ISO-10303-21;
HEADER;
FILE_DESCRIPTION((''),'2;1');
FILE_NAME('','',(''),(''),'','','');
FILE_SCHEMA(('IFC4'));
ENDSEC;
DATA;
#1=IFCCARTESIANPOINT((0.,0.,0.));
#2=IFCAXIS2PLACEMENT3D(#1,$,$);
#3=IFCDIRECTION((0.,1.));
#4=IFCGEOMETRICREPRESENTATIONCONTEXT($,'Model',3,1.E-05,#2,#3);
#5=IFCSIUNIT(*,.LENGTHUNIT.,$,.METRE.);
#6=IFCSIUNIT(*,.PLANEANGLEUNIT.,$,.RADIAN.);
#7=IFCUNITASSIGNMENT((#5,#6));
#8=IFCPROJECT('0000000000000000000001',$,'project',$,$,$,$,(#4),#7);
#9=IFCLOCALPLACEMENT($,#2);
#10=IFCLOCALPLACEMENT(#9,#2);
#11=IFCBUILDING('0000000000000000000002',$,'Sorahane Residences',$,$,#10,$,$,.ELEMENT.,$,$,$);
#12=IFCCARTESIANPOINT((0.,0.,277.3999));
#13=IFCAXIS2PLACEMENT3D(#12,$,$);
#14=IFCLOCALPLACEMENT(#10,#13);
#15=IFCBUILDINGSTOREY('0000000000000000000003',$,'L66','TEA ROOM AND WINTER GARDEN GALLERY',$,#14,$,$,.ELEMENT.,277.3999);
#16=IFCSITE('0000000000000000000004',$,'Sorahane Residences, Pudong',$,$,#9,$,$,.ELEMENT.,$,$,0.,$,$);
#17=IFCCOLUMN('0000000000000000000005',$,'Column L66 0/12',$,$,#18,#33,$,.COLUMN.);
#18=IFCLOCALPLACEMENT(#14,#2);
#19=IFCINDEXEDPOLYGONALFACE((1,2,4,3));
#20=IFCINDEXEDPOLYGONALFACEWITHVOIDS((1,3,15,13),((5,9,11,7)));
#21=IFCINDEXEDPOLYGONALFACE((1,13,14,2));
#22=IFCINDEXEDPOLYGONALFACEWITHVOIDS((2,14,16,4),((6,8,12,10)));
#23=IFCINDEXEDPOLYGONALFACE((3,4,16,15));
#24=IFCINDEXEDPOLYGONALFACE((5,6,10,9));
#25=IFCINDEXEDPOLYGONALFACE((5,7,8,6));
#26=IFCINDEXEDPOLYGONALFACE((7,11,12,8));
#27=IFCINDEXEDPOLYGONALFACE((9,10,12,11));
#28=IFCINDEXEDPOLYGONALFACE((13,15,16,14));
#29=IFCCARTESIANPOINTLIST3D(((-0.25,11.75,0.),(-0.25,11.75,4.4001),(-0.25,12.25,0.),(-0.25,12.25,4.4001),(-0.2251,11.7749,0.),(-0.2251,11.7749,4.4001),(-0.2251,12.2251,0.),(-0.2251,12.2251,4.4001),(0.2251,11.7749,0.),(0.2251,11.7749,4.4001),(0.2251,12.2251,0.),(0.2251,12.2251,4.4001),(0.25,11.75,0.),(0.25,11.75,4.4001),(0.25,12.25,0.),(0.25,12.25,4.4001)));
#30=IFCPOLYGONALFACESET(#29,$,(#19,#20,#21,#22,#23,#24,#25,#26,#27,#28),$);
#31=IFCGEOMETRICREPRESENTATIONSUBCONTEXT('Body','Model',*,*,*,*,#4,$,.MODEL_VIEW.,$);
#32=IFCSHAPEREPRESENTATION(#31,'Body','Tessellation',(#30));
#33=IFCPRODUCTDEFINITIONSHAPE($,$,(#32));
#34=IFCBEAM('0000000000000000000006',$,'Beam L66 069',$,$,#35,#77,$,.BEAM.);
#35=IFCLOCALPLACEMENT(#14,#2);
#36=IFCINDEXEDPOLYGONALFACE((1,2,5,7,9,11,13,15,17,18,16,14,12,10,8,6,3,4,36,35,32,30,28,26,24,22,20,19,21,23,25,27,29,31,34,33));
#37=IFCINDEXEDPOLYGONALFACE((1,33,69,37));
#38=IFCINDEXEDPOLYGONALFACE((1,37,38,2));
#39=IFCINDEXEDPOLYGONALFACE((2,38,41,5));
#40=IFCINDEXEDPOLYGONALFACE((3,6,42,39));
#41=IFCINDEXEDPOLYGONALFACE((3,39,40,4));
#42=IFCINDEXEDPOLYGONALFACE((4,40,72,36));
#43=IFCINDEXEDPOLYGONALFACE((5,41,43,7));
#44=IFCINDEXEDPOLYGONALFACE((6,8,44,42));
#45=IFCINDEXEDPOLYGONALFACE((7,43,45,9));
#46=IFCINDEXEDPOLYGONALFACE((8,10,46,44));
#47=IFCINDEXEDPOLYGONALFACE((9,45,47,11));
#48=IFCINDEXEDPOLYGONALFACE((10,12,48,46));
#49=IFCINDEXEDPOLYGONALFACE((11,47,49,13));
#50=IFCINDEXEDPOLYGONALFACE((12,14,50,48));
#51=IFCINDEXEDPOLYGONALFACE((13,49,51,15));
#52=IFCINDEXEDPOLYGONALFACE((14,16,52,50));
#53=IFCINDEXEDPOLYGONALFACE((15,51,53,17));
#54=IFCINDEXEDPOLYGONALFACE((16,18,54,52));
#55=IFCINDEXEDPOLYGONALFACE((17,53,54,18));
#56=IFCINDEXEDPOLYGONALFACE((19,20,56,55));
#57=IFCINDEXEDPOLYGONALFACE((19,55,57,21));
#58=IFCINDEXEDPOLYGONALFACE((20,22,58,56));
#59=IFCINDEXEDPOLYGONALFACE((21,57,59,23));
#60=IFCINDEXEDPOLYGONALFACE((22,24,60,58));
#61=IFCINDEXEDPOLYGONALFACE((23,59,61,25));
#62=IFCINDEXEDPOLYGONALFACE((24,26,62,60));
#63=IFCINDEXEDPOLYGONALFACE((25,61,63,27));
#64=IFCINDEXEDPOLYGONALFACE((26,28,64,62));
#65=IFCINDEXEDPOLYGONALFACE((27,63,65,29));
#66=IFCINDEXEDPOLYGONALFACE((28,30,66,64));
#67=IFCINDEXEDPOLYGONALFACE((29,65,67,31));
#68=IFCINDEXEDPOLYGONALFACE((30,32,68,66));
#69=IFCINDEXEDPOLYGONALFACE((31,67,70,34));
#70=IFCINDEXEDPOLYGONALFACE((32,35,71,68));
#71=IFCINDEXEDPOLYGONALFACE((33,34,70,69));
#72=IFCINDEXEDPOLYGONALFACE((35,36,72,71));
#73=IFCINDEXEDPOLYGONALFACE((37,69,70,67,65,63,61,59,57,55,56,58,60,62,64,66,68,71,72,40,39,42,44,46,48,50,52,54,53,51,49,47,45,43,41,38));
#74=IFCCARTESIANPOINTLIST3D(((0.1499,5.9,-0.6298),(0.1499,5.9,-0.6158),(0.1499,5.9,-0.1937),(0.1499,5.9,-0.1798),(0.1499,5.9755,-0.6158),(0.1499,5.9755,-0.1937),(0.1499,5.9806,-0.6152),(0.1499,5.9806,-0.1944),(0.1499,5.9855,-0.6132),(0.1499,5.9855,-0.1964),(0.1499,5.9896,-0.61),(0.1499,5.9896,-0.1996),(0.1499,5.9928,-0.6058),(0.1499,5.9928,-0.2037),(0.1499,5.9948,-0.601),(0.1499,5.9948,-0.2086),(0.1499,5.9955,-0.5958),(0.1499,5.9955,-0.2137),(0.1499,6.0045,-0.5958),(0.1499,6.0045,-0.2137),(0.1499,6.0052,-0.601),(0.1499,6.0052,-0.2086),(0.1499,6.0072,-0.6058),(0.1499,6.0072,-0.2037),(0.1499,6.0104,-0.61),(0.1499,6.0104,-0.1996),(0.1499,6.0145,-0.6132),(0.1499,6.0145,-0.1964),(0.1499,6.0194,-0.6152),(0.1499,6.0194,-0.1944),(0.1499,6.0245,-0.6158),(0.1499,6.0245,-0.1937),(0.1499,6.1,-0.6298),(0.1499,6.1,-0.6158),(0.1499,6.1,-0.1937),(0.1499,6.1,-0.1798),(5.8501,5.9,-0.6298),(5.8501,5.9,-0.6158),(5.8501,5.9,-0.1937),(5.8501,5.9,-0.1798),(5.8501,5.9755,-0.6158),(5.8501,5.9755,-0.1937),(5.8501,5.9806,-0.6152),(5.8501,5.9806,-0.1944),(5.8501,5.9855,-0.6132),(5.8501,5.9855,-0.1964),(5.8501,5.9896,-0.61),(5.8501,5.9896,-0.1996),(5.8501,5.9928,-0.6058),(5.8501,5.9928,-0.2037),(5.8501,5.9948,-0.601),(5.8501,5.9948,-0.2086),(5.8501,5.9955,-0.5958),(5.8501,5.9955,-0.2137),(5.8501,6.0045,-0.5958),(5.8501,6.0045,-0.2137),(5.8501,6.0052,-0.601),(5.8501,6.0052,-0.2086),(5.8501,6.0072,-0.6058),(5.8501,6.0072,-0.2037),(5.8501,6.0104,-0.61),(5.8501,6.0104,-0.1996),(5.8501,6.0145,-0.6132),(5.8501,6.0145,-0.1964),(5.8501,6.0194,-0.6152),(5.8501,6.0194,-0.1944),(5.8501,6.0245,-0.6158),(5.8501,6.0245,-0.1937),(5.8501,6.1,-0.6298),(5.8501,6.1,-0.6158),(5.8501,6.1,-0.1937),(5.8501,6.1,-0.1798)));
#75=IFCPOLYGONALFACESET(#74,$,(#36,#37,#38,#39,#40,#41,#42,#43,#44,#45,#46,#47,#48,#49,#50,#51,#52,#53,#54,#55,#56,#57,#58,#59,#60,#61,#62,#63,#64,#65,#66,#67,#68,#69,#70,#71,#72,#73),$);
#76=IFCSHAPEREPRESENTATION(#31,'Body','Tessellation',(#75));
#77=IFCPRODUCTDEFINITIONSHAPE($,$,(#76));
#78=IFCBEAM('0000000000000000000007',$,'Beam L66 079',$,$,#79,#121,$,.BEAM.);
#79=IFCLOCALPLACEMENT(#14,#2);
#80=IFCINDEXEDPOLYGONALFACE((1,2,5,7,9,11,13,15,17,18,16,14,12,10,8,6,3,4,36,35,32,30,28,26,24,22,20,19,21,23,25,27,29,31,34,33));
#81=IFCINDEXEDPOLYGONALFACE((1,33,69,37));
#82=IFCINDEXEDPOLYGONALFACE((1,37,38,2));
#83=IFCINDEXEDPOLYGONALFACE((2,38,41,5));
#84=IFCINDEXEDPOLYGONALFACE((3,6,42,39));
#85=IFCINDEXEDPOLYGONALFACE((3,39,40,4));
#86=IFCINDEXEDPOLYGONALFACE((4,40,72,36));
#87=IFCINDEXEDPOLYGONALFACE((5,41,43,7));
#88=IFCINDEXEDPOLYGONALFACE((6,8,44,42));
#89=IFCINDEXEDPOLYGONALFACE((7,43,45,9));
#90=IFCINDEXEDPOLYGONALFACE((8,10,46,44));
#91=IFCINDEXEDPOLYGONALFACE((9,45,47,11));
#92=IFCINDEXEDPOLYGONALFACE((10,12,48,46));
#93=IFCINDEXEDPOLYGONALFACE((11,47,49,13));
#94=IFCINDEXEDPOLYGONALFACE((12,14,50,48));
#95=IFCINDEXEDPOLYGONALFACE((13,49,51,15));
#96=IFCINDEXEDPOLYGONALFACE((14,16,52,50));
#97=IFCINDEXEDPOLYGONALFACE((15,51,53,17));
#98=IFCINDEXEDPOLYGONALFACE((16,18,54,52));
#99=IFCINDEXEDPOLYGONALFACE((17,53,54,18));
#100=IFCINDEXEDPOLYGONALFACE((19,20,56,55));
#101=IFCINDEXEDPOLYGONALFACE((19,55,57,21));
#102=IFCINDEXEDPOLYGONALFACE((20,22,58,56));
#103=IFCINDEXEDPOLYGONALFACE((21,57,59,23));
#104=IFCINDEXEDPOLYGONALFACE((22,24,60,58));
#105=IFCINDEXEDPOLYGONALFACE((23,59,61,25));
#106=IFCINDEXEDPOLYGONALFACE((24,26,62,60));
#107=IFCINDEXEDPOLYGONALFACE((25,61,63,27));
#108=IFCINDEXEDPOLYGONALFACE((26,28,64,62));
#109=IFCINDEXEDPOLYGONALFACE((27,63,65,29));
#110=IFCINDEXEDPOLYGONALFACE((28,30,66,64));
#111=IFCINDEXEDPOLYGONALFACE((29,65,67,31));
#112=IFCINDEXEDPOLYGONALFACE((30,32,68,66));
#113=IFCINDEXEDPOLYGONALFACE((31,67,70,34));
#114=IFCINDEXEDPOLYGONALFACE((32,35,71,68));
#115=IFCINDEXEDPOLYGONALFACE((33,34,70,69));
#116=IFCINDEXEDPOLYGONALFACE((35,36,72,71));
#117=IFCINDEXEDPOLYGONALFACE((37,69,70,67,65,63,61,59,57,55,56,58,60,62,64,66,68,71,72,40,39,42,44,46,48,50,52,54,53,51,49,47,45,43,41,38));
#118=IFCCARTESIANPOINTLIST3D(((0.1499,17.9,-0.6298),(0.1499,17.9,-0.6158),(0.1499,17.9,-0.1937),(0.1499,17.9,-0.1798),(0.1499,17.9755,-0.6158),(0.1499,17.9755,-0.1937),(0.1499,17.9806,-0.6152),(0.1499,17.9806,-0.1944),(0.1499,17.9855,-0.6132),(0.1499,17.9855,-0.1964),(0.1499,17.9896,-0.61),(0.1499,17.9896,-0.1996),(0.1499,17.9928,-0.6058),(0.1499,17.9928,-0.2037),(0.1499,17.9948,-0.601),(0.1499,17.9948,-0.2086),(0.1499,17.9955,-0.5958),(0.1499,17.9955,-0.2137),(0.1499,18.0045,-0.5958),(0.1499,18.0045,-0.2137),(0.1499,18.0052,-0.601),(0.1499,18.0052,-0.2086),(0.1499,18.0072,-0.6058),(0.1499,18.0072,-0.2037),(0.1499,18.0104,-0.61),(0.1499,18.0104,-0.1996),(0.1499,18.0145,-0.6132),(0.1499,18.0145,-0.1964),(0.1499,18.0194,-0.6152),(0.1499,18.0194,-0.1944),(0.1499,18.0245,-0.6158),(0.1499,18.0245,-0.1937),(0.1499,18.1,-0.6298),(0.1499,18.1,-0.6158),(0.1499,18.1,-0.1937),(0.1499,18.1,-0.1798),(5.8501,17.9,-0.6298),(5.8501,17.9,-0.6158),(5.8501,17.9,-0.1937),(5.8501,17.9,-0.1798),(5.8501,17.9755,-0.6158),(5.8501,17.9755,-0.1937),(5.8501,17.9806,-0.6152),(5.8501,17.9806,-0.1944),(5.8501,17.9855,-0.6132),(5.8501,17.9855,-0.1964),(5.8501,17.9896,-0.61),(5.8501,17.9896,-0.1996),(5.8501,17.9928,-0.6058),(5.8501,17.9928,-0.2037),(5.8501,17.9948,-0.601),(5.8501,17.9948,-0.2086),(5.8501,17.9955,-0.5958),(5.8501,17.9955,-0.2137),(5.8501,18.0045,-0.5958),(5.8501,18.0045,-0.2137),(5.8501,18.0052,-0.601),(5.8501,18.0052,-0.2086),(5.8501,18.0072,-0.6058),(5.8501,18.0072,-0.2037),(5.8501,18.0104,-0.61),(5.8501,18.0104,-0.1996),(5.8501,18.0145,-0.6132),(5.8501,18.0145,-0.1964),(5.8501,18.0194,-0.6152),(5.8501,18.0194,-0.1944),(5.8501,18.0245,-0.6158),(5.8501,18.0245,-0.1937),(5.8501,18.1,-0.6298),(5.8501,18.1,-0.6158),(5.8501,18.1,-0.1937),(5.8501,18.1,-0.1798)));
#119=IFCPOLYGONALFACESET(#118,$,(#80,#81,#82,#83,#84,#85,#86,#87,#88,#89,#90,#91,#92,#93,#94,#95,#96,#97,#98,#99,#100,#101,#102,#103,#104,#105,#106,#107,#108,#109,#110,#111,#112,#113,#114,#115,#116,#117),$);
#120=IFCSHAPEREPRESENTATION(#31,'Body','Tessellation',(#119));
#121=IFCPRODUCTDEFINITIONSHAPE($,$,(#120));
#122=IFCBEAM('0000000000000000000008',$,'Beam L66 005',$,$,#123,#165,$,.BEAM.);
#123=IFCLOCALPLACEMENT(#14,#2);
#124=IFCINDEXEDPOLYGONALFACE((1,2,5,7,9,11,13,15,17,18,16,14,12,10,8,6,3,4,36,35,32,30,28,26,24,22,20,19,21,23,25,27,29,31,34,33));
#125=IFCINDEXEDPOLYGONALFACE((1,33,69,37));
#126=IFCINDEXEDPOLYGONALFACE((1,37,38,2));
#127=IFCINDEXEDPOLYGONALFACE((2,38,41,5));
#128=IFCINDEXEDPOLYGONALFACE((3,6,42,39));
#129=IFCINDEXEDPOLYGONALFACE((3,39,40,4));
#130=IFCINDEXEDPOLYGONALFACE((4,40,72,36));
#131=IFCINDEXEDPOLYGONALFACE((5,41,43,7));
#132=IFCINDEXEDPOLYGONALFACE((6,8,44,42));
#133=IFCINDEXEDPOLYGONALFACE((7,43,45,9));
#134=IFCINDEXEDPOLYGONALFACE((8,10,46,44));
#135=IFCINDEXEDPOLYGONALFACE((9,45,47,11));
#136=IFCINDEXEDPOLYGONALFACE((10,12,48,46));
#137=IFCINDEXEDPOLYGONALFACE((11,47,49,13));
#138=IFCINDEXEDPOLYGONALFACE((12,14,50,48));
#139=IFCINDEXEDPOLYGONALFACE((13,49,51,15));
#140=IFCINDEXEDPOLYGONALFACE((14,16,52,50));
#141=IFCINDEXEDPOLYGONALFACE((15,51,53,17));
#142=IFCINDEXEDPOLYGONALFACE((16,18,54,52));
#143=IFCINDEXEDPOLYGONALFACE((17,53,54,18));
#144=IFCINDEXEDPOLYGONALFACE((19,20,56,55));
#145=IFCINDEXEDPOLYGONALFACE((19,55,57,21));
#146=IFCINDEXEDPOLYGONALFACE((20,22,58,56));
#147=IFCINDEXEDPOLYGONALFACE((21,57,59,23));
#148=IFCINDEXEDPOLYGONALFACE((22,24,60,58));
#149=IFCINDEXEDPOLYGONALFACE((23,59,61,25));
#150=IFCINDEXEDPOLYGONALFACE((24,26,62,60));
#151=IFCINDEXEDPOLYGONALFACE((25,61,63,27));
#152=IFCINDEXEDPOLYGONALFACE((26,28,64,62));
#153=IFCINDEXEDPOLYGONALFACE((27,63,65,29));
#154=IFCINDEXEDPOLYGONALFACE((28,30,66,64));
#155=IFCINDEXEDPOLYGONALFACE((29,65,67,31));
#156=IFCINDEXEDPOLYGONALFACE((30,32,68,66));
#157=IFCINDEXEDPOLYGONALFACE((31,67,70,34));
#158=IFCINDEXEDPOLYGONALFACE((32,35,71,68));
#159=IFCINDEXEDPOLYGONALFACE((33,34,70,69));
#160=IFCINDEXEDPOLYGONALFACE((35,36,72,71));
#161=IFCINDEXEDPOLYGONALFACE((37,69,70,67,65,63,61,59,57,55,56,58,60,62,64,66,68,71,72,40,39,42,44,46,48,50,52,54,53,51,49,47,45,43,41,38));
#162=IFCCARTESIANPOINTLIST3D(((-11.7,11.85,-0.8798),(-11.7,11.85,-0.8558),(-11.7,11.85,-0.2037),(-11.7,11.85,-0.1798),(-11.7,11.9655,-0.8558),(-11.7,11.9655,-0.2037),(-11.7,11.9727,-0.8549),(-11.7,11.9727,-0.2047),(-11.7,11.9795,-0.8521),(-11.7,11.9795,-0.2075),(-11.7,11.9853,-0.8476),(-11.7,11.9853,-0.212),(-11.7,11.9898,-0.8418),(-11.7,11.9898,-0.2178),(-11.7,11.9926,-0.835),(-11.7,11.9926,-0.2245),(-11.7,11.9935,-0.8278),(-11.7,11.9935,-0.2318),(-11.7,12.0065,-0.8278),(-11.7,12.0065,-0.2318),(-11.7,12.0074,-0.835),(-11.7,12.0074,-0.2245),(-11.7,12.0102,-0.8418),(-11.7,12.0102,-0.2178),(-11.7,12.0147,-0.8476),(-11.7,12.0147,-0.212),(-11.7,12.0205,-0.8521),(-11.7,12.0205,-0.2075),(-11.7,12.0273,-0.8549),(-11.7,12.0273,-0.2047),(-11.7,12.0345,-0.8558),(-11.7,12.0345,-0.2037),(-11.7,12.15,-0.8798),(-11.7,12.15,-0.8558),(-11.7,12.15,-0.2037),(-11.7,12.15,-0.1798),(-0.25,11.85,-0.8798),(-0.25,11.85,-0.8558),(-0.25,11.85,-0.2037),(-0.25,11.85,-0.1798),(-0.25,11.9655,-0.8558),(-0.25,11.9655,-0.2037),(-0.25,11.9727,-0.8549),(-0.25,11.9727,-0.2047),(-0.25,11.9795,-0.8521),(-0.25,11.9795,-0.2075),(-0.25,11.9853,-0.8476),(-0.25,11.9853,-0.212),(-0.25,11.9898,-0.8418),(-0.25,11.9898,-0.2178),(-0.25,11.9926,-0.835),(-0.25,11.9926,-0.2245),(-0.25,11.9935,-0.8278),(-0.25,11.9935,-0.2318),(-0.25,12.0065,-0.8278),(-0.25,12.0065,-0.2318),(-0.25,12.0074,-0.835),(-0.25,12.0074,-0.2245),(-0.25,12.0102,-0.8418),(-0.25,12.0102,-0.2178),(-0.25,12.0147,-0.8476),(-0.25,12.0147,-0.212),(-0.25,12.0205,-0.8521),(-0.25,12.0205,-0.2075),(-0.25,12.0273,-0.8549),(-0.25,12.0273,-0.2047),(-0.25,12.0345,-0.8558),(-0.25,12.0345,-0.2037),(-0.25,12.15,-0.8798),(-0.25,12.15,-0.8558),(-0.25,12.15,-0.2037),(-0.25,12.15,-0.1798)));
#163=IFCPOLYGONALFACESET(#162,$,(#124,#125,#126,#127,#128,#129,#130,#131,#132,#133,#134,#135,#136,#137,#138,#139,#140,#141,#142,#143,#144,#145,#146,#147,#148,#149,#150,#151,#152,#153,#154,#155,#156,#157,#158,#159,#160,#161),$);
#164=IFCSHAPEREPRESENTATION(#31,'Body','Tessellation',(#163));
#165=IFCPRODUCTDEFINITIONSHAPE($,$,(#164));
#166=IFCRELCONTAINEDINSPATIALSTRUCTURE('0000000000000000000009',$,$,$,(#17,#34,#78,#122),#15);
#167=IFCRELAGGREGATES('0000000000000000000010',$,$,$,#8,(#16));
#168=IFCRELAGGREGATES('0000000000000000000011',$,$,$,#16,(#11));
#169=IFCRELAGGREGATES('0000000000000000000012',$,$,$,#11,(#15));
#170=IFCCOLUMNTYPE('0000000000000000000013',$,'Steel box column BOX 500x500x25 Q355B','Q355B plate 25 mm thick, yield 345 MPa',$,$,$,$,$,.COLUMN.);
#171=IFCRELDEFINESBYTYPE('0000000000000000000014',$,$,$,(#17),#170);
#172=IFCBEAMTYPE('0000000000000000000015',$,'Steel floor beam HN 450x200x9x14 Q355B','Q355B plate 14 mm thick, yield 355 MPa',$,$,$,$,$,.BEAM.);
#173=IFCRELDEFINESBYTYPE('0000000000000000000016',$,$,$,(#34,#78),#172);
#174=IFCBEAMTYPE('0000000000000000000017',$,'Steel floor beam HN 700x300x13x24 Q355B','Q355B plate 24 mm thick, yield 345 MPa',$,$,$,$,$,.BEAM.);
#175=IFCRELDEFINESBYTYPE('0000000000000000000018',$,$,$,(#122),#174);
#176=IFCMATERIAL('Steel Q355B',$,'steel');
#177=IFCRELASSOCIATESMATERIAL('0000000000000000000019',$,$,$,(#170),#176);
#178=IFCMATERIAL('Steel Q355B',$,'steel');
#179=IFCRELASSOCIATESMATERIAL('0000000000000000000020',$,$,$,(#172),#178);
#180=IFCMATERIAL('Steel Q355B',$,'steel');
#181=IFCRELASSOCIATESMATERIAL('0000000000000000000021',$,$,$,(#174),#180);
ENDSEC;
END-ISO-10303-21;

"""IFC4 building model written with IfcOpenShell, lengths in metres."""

from ifc_helpers import new_model, si_unit, direction, frame, origin, origin_2d, place, context, subcontext, project, spatial, hollow_rectangle, i_section, extrude, material, material_profile, profile_set, type_object, element, save


model = new_model("IFC4")

# Units and contexts
model_context = context("Model", 3, precision=1e-05, world=origin(), true_north=direction((0.0, 1.0)))
body_context = subcontext(model_context, "Body", "Model", "MODEL_VIEW")
ifc_project = project(units=[si_unit("LENGTHUNIT", "METRE"), si_unit("PLANEANGLEUNIT", "RADIAN")], contexts=[model_context])

# Site, building, storey
site_placement = place(None, origin())
site = spatial("IfcSite", under=ifc_project, at=site_placement, Name="Sorahane Residences, Pudong", CompositionType="ELEMENT", RefElevation=0.0)
building_placement = place(site_placement, origin())
building = spatial("IfcBuilding", under=site, at=building_placement, Name="Sorahane Residences", CompositionType="ELEMENT")
storey_placement = place(building_placement, frame((0.0, 0.0, 277.3999)))
storey = spatial("IfcBuildingStorey", under=building, at=storey_placement, Name="L66", Description="TEA ROOM AND WINTER GARDEN GALLERY", CompositionType="ELEMENT", Elevation=277.3999)

# Column
ifc_material_1 = material(Name="Steel Q355B", Category="steel")
ifc_material_profile_1 = material_profile(ifc_material_1, hollow_rectangle(XDim=0.5, YDim=0.5, WallThickness=0.0249, at=origin_2d()), Name="BOX 500x500x25")
ifc_profile_set_1 = profile_set([ifc_material_profile_1], Name="Steel Q355B")
column_type = type_object("IfcColumnType", Name="Steel box column BOX 500x500x25 Q355B", Description="Q355B plate 25 mm thick, yield 345 MPa", PredefinedType="COLUMN", material=ifc_profile_set_1)
column_placement = place(storey_placement, frame((0.0, 12.0, 0.0), z_axis=(0.0, 0.0, 1.0), x_axis=(1.0, 0.0, 0.0)))
element("IfcColumn", 1, at=column_placement, inside=storey, type_object=column_type, Name="Column L66 0/12", PredefinedType="COLUMN", context=body_context, shape_type="SweptSolid", body=[
    extrude(hollow_rectangle(XDim=0.5, YDim=0.5, WallThickness=0.0249, at=origin_2d()), origin(), (0.0, 0.0, 1.0), 4.4001),
])

# Beams
ifc_material_2 = material(Name="Steel Q355B", Category="steel")
ifc_material_profile_2 = material_profile(ifc_material_2, i_section(OverallWidth=0.2, OverallDepth=0.45, WebThickness=0.009, FlangeThickness=0.0139, FilletRadius=0.02, at=origin_2d()), Name="HN 450x200x9x14")
ifc_profile_set_2 = profile_set([ifc_material_profile_2], Name="Steel Q355B")
beam_type_1 = type_object("IfcBeamType", Name="Steel floor beam HN 450x200x9x14 Q355B", Description="Q355B plate 14 mm thick, yield 355 MPa", PredefinedType="BEAM", material=ifc_profile_set_2)
for number, where, z_axis, x_axis, name in (
    (2, (0.1499, 6.0, -0.4048), (1.0, 0.0, 0.0), (0.0, 1.0, 0.0), "Beam L66 069"),
    (3, (0.1499, 18.0, -0.4048), (1.0, 0.0, 0.0), (0.0, 1.0, 0.0), "Beam L66 079"),
):
    element("IfcBeam", number, at=place(storey_placement, frame(where, z_axis=z_axis, x_axis=x_axis)), inside=storey, type_object=beam_type_1, Name=name, PredefinedType="BEAM", context=body_context, shape_type="SweptSolid", body=[
        extrude(i_section(OverallWidth=0.2, OverallDepth=0.45, WebThickness=0.009, FlangeThickness=0.0139, FilletRadius=0.02, at=origin_2d()), origin(), (0.0, 0.0, 1.0), 5.7002),
    ])
ifc_material_3 = material(Name="Steel Q355B", Category="steel")
ifc_material_profile_3 = material_profile(ifc_material_3, i_section(OverallWidth=0.3, OverallDepth=0.7, WebThickness=0.0129, FlangeThickness=0.0239, FilletRadius=0.0281, at=origin_2d()), Name="HN 700x300x13x24")
ifc_profile_set_3 = profile_set([ifc_material_profile_3], Name="Steel Q355B")
beam_type_2 = type_object("IfcBeamType", Name="Steel floor beam HN 700x300x13x24 Q355B", Description="Q355B plate 24 mm thick, yield 345 MPa", PredefinedType="BEAM", material=ifc_profile_set_3)
beam_placement = place(storey_placement, frame((-11.7, 12.0, -0.5298), z_axis=(1.0, 0.0, 0.0), x_axis=(0.0, 1.0, 0.0)))
element("IfcBeam", 4, at=beam_placement, inside=storey, type_object=beam_type_2, Name="Beam L66 005", PredefinedType="BEAM", context=body_context, shape_type="SweptSolid", body=[
    extrude(i_section(OverallWidth=0.3, OverallDepth=0.7, WebThickness=0.0129, FlangeThickness=0.0239, FilletRadius=0.0281, at=origin_2d()), origin(), (0.0, 0.0, 1.0), 11.45),
])

save(model, "model.ifc")
